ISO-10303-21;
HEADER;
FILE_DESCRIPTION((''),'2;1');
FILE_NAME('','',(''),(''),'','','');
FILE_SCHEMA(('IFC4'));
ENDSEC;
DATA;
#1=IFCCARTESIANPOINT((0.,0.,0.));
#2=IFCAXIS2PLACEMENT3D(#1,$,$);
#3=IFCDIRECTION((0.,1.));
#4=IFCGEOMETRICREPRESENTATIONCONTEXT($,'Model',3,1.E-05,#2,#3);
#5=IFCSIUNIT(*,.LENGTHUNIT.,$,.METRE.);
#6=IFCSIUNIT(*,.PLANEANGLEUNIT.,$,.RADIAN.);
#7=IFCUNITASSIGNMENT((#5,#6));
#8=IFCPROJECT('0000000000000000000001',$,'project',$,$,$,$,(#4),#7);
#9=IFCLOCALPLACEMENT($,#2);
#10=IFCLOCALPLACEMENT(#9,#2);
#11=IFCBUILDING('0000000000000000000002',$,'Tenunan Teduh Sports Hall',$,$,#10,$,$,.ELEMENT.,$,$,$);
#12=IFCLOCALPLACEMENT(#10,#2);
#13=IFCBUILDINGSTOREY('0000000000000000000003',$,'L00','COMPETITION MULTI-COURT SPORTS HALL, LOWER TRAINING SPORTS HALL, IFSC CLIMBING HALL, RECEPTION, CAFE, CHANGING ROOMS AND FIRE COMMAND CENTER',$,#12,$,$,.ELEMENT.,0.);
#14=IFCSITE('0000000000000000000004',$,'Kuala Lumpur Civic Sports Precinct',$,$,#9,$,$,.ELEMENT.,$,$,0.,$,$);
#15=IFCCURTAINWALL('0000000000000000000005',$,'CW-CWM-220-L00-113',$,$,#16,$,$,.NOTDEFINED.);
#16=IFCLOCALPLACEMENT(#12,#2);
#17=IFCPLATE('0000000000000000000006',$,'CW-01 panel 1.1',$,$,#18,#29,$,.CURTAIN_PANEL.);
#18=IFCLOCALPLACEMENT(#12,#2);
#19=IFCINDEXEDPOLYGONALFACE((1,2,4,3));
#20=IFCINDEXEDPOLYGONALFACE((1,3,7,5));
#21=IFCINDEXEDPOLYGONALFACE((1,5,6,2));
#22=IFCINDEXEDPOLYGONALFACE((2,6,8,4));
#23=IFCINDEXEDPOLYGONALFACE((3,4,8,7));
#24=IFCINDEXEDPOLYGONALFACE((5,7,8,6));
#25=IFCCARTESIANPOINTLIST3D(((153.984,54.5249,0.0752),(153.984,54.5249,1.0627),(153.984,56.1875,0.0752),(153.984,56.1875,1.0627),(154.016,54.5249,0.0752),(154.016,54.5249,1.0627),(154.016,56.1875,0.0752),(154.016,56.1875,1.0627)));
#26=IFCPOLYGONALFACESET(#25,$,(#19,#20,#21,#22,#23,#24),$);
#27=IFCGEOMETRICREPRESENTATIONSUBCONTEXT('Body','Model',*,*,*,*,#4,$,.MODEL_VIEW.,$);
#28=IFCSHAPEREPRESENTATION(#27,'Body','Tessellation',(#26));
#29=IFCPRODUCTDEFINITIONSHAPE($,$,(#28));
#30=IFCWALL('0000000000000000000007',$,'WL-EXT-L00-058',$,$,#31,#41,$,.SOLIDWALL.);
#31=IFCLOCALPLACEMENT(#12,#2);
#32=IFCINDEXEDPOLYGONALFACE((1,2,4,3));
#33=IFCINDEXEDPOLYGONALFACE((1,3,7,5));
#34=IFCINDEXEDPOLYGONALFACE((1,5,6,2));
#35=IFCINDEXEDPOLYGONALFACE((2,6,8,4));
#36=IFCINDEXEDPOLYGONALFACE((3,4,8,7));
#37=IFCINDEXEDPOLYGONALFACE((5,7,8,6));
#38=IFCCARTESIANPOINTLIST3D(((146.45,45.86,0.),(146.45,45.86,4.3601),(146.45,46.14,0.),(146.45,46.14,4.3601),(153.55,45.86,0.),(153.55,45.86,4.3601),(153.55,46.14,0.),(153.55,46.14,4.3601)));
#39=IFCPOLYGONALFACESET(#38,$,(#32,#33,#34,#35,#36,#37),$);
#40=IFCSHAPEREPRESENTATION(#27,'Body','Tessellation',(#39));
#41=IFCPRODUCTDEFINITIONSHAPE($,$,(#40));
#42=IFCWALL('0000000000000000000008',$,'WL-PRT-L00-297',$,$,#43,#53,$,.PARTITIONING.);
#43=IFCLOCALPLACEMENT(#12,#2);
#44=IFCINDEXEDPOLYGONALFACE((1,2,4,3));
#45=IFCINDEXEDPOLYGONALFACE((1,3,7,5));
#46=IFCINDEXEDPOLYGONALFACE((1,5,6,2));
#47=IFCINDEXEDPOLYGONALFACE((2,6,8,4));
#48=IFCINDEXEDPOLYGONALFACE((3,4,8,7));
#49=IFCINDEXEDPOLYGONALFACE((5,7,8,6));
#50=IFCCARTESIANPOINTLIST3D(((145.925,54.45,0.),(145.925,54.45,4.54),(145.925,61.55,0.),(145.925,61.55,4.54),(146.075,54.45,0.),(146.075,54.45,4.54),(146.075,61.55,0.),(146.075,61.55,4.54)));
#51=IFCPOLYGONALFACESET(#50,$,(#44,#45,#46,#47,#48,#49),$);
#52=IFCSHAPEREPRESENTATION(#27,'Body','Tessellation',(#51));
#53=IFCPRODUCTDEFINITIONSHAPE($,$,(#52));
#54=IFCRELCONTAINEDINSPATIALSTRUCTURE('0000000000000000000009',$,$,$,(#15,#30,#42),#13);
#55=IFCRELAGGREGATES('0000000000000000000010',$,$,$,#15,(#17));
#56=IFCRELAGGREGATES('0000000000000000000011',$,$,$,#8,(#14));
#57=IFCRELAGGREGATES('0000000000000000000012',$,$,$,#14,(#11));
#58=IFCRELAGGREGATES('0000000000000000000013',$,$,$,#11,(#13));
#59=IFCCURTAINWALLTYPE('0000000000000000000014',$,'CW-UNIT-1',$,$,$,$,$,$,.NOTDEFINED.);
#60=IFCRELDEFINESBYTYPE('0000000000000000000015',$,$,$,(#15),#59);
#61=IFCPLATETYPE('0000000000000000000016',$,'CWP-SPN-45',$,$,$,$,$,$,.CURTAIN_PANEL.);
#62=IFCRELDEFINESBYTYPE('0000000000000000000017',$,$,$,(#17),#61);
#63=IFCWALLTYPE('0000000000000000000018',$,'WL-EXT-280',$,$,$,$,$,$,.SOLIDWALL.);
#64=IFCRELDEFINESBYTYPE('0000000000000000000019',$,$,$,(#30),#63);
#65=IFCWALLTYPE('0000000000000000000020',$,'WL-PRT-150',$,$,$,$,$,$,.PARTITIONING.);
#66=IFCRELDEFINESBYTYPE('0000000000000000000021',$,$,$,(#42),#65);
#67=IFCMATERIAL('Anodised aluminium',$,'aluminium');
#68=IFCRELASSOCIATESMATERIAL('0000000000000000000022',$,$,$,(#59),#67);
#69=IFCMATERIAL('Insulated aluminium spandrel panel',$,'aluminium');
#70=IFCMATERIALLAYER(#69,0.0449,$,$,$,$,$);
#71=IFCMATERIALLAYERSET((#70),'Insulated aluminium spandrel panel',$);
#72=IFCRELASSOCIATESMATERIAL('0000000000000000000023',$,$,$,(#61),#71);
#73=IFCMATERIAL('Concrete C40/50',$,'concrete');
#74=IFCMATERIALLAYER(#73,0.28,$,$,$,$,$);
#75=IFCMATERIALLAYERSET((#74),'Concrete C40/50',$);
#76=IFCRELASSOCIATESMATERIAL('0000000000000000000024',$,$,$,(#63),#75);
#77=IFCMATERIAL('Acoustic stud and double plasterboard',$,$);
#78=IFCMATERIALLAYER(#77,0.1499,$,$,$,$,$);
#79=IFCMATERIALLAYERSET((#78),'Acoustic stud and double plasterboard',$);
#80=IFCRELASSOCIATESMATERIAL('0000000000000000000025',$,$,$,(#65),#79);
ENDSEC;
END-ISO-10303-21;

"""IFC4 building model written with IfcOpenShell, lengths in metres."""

from ifc_helpers import new_model, si_unit, direction, frame, frame_2d, origin, origin_2d, place, context, subcontext, project, spatial, rectangle, extrude, material, layer, layer_set, type_object, element, aggregate, save


model = new_model("IFC4")

# Units and contexts
model_context = context("Model", 3, precision=1e-05, world=origin(), true_north=direction((0.0, 1.0)))
body_context = subcontext(model_context, "Body", "Model", "MODEL_VIEW")
ifc_project = project(units=[si_unit("LENGTHUNIT", "METRE"), si_unit("PLANEANGLEUNIT", "RADIAN")], contexts=[model_context])

# Site, building, storey
site_placement = place(None, origin())
site = spatial("IfcSite", under=ifc_project, at=site_placement, Name="Kuala Lumpur Civic Sports Precinct", CompositionType="ELEMENT", RefElevation=0.0)
building_placement = place(site_placement, origin())
building = spatial("IfcBuilding", under=site, at=building_placement, Name="Tenunan Teduh Sports Hall", CompositionType="ELEMENT")
storey_placement = place(building_placement, origin())
storey = spatial("IfcBuildingStorey", under=building, at=storey_placement, Name="L00", Description="COMPETITION MULTI-COURT SPORTS HALL, LOWER TRAINING SPORTS HALL, IFSC CLIMBING HALL, RECEPTION, CAFE, CHANGING ROOMS AND FIRE COMMAND CENTER", CompositionType="ELEMENT", Elevation=0.0)

# Curtain wall
ifc_material_1 = material(Name="Anodised aluminium", Category="aluminium")
curtain_wall_type = type_object("IfcCurtainWallType", Name="CW-UNIT-1", PredefinedType="NOTDEFINED", material=ifc_material_1)
curtain_wall_placement = place(storey_placement, origin())
curtain_wall = element("IfcCurtainWall", 1, at=curtain_wall_placement, inside=storey, type_object=curtain_wall_type, Name="CW-CWM-220-L00-113", PredefinedType="NOTDEFINED")

# Plate
ifc_material_2 = material(Name="Insulated aluminium spandrel panel", Category="aluminium")
ifc_layer_1 = layer(ifc_material_2, 0.0449)
ifc_layer_set_1 = layer_set([ifc_layer_1], Name="Insulated aluminium spandrel panel")
plate_type_1 = type_object("IfcPlateType", Name="CWP-SPN-45", PredefinedType="CURTAIN_PANEL", material=ifc_layer_set_1)
plate_1_placement = place(storey_placement, frame((154.0, 55.3562, 0.0752), z_axis=(0.0, 0.0, 1.0), x_axis=(0.0, 1.0, 0.0)))
plate_1 = element("IfcPlate", 2, at=plate_1_placement, type_object=plate_type_1, Name="CW-01 panel 1.1", PredefinedType="CURTAIN_PANEL", context=body_context, shape_type="SweptSolid", body=[
    extrude(rectangle(XDim=1.6626, YDim=0.032, at=origin_2d()), origin(), (0.0, 0.0, 1.0), 0.9875),
])
aggregate(curtain_wall, [plate_1])

# Wall
ifc_material_3 = material(Name="Concrete C40/50", Category="concrete")
ifc_layer_2 = layer(ifc_material_3, 0.28)
ifc_layer_set_2 = layer_set([ifc_layer_2], Name="Concrete C40/50")
wall_type_1 = type_object("IfcWallType", Name="WL-EXT-280", PredefinedType="SOLIDWALL", material=ifc_layer_set_2)
wall_1_placement = place(storey_placement, frame((146.45, 46.0, 0.0), z_axis=(0.0, 0.0, 1.0), x_axis=(1.0, 0.0, 0.0)))
element("IfcWall", 3, at=wall_1_placement, inside=storey, type_object=wall_type_1, Name="WL-EXT-L00-058", PredefinedType="SOLIDWALL", context=body_context, shape_type="SweptSolid", body=[
    extrude(rectangle(XDim=7.1001, YDim=0.28, at=frame_2d((3.55, 0.0))), origin(), (0.0, 0.0, 1.0), 4.3601),
])

# Wall
ifc_material_4 = material(Name="Acoustic stud and double plasterboard")
ifc_layer_3 = layer(ifc_material_4, 0.1499)
ifc_layer_set_3 = layer_set([ifc_layer_3], Name="Acoustic stud and double plasterboard")
wall_type_2 = type_object("IfcWallType", Name="WL-PRT-150", PredefinedType="PARTITIONING", material=ifc_layer_set_3)
wall_2_placement = place(storey_placement, frame((146.0, 54.45, 0.0), z_axis=(0.0, 0.0, 1.0), x_axis=(0.0, 1.0, 0.0)))
element("IfcWall", 4, at=wall_2_placement, inside=storey, type_object=wall_type_2, Name="WL-PRT-L00-297", PredefinedType="PARTITIONING", context=body_context, shape_type="SweptSolid", body=[
    extrude(rectangle(XDim=7.1001, YDim=0.1499, at=frame_2d((3.55, 0.0))), origin(), (0.0, 0.0, 1.0), 4.54),
])

save(model, "model.ifc")
